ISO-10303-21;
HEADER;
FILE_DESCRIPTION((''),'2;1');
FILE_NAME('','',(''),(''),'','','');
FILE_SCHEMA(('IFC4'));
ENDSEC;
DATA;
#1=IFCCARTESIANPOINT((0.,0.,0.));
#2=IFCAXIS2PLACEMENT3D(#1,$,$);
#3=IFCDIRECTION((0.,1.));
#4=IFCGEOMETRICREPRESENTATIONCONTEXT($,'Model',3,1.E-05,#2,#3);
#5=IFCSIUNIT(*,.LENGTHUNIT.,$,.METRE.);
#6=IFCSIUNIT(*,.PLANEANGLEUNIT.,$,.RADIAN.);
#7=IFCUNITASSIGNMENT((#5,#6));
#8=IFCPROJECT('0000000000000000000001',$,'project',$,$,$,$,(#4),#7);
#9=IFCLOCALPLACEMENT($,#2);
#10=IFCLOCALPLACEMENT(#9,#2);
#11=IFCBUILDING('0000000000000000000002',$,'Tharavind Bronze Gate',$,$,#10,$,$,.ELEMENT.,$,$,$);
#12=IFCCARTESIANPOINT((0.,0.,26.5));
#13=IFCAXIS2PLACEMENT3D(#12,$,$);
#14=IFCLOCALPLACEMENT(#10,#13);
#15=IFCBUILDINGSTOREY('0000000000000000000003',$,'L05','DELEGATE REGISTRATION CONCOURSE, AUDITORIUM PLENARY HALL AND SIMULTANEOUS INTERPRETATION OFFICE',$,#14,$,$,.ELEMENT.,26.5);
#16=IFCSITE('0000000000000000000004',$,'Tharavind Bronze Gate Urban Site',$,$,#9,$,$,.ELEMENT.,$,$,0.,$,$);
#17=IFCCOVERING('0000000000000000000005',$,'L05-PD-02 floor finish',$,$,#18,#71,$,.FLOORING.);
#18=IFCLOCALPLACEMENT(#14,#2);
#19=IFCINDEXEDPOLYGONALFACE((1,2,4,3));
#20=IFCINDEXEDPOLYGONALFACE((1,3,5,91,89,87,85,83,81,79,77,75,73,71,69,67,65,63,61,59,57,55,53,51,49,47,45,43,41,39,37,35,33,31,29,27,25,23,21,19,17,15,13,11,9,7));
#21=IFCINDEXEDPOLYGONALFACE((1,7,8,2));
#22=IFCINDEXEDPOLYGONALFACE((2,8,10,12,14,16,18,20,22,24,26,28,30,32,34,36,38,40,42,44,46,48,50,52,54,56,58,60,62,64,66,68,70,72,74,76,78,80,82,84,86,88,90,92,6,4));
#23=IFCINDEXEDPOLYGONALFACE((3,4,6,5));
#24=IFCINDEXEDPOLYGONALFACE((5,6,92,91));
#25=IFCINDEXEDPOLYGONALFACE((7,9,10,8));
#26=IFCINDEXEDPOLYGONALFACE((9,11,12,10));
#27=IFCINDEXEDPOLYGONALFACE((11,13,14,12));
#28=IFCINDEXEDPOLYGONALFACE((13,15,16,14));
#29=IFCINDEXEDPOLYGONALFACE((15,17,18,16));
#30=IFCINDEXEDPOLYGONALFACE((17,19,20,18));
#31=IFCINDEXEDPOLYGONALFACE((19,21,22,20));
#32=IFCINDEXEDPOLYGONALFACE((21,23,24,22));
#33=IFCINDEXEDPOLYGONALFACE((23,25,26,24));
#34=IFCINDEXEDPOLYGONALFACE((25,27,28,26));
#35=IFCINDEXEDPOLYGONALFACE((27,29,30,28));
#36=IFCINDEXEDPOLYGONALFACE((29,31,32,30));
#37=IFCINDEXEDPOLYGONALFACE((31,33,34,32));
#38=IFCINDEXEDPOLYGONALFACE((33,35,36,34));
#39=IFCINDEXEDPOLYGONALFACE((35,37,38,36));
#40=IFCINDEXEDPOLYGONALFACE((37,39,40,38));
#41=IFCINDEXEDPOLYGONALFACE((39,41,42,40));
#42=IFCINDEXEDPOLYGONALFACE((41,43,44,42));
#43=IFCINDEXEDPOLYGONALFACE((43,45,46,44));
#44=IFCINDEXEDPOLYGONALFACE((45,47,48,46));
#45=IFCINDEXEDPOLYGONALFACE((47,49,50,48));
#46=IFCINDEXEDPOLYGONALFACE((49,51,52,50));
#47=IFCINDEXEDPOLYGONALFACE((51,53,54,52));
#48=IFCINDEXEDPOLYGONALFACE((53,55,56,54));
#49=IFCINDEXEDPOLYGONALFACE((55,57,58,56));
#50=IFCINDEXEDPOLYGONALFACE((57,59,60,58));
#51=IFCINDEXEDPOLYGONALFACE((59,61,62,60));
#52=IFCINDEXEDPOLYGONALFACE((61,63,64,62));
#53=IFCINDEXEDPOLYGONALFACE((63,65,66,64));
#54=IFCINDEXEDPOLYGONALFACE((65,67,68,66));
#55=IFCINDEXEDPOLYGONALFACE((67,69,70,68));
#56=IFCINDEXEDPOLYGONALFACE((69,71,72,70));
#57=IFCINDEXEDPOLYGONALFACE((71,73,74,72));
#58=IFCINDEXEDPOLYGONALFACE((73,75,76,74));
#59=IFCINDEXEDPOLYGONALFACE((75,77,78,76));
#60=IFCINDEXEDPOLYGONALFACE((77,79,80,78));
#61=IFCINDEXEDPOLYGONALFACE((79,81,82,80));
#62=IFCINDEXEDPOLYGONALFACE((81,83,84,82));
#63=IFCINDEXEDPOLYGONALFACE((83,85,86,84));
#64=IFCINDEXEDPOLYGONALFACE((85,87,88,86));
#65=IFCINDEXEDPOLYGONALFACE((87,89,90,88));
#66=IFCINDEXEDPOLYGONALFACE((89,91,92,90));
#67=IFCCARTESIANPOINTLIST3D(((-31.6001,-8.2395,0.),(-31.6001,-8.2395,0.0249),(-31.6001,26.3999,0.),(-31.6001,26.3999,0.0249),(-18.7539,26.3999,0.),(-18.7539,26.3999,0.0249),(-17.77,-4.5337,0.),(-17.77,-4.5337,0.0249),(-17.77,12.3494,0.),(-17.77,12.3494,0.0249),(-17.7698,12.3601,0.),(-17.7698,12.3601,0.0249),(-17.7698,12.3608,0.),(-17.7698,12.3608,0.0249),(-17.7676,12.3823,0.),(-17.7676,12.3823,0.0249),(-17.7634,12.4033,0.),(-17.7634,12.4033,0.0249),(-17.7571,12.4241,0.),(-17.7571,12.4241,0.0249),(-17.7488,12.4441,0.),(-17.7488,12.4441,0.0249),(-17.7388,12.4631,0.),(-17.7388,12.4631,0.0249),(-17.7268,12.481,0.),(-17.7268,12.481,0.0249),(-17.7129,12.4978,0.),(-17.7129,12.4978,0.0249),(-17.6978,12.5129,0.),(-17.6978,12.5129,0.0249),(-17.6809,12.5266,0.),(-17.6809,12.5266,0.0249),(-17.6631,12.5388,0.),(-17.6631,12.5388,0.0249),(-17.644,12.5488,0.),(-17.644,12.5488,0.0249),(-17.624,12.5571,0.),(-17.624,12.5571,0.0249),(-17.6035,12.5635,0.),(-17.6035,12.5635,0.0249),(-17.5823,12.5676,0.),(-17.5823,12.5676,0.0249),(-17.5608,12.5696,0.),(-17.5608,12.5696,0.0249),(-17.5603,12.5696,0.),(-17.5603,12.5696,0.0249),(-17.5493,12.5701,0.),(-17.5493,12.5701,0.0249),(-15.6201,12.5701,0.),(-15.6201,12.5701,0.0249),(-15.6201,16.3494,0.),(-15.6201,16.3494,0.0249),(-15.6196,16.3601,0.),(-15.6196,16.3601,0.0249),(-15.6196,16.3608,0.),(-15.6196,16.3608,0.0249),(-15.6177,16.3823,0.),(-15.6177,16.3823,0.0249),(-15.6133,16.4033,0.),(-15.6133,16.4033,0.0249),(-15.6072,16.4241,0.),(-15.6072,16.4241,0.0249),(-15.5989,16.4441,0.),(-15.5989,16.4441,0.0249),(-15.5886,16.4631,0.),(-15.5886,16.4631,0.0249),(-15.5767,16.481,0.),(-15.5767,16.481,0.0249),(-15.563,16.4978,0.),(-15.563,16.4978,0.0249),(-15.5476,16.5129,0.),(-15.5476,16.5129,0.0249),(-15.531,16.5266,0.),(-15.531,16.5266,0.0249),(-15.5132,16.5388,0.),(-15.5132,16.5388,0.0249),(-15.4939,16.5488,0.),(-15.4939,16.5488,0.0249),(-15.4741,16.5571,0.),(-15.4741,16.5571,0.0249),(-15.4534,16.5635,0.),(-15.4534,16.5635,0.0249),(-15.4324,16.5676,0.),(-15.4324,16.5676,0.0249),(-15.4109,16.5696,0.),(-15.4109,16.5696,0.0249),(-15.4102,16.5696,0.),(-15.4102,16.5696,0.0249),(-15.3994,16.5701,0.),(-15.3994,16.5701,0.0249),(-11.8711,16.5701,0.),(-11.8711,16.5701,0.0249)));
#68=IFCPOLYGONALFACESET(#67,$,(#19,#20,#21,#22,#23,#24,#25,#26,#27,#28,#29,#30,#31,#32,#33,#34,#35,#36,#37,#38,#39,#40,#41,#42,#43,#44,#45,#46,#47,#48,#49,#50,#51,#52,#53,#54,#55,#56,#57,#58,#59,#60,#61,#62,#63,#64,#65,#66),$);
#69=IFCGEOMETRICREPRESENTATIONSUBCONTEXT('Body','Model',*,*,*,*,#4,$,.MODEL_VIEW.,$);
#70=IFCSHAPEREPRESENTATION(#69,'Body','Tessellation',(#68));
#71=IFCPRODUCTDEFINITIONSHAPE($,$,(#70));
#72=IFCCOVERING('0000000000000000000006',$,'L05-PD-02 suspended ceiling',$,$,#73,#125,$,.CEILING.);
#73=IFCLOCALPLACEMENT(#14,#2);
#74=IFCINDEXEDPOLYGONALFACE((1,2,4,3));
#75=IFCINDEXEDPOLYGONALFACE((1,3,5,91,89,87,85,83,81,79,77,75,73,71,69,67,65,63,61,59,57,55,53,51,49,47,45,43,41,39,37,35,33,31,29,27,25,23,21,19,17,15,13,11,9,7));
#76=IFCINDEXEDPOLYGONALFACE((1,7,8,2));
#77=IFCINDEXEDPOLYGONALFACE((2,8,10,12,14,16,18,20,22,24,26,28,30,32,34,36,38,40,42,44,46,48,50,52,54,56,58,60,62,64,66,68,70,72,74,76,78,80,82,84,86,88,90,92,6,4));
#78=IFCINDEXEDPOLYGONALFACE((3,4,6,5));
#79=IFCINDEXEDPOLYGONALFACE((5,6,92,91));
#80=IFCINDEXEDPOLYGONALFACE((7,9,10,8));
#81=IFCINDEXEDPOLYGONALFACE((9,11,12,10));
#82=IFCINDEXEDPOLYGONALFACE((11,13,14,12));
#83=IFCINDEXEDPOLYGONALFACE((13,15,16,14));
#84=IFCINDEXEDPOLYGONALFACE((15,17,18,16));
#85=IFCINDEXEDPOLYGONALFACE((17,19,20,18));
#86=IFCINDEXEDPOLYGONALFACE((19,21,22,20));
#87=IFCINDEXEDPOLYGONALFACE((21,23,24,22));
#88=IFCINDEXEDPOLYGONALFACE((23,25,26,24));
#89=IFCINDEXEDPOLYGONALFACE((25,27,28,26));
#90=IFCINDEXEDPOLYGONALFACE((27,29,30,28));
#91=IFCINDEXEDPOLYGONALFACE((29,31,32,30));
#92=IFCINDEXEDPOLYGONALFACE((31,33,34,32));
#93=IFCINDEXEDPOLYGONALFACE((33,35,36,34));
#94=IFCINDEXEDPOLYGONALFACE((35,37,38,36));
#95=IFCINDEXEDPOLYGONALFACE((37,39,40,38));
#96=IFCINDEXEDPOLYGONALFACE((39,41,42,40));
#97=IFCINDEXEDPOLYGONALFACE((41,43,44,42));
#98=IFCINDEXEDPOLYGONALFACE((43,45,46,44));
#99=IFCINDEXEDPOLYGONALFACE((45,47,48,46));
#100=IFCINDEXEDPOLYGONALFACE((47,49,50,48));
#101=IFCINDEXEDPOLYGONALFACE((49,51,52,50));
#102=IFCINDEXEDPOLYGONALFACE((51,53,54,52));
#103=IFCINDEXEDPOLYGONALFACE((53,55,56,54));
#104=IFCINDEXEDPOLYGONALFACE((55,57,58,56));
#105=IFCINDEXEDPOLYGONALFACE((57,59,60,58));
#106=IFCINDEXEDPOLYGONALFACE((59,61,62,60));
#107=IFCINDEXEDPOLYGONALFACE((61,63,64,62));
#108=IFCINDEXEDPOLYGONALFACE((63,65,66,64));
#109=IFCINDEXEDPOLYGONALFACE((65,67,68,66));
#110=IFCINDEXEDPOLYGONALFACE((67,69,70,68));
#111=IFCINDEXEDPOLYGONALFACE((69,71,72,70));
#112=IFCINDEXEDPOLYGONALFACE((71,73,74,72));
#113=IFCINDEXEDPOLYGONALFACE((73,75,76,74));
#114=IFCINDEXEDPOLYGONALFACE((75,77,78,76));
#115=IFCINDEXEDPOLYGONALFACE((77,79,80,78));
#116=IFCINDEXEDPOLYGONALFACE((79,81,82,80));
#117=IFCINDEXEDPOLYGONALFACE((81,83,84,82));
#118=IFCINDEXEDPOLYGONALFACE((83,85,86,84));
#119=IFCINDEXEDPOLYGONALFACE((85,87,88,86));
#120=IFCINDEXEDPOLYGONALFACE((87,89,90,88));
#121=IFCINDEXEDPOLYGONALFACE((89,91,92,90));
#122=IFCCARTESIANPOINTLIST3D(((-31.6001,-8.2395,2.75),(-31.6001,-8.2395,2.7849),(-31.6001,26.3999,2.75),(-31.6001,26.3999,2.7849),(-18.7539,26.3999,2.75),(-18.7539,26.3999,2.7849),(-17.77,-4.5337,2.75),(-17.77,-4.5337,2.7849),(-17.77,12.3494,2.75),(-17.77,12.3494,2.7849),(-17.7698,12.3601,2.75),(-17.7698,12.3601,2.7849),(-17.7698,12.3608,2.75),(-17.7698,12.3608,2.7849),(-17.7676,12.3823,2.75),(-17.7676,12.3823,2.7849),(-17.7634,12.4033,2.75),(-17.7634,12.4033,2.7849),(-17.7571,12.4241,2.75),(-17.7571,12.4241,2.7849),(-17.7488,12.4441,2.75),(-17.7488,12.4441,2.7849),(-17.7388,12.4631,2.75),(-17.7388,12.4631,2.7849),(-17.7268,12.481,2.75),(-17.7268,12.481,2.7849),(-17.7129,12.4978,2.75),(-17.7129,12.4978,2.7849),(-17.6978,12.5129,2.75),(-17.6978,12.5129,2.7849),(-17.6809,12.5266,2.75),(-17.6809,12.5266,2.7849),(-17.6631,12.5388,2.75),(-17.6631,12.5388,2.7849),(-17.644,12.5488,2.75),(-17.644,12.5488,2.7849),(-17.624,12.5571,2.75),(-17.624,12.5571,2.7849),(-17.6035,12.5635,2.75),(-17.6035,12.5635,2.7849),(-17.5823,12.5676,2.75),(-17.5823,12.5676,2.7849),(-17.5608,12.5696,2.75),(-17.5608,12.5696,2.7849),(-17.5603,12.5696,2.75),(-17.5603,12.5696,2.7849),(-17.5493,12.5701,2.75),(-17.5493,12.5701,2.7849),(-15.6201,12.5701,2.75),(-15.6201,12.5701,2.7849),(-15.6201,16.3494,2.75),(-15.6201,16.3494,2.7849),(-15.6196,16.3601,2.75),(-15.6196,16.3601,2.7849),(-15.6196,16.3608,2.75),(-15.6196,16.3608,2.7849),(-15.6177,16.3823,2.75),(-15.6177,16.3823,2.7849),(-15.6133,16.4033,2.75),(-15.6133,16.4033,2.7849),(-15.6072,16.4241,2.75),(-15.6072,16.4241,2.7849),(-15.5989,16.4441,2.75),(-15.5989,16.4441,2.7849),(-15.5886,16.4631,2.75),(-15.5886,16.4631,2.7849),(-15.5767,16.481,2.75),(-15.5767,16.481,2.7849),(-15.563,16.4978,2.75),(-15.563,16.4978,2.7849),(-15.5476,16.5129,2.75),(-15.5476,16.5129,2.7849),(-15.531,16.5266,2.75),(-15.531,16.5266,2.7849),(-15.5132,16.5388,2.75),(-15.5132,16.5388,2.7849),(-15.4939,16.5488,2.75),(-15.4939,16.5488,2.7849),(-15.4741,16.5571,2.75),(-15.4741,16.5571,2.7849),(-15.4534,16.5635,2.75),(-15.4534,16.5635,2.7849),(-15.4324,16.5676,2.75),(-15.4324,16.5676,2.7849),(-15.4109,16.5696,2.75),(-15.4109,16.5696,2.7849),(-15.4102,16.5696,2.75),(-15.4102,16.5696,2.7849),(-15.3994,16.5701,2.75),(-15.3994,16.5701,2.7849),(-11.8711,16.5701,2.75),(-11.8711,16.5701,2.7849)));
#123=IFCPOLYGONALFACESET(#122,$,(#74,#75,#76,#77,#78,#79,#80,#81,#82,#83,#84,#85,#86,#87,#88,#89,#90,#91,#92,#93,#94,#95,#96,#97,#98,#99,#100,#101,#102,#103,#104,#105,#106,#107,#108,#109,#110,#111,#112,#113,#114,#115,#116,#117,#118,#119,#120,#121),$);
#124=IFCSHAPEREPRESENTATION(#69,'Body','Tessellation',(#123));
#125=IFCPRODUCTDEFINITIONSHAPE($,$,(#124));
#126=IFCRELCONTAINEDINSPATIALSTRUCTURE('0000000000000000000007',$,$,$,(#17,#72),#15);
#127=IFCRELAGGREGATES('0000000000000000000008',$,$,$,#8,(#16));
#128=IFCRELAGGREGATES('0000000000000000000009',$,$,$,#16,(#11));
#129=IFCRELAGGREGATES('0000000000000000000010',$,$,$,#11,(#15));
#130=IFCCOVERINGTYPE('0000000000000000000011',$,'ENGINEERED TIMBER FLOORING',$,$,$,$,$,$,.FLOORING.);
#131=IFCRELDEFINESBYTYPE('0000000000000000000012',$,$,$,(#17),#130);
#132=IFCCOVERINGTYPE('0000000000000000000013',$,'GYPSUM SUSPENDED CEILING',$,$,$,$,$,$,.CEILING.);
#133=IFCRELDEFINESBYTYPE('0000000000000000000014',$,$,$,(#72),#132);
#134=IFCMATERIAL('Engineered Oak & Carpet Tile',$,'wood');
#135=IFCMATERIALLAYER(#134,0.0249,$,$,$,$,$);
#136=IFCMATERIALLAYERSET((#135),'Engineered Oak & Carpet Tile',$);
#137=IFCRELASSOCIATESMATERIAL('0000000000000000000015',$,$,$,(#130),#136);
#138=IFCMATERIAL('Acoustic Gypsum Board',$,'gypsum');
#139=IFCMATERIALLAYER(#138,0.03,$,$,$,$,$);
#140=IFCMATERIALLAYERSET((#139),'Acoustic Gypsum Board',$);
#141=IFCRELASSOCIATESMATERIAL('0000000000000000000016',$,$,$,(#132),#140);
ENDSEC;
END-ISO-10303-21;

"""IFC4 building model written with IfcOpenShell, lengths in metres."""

from ifc_helpers import new_model, si_unit, direction, frame, origin, place, context, subcontext, project, spatial, polyline, outline, extrude, material, layer, layer_set, type_object, element, save


model = new_model("IFC4")

# Units and contexts
model_context = context("Model", 3, precision=1e-05, world=origin(), true_north=direction((0.0, 1.0)))
body_context = subcontext(model_context, "Body", "Model", "MODEL_VIEW")
ifc_project = project(units=[si_unit("LENGTHUNIT", "METRE"), si_unit("PLANEANGLEUNIT", "RADIAN")], contexts=[model_context])

# Site, building, storey
site_placement = place(None, origin())
site = spatial("IfcSite", under=ifc_project, at=site_placement, Name="Tharavind Bronze Gate Urban Site", CompositionType="ELEMENT", RefElevation=0.0)
building_placement = place(site_placement, origin())
building = spatial("IfcBuilding", under=site, at=building_placement, Name="Tharavind Bronze Gate", CompositionType="ELEMENT")
storey_placement = place(building_placement, frame((0.0, 0.0, 26.5)))
storey = spatial("IfcBuildingStorey", under=building, at=storey_placement, Name="L05", Description="DELEGATE REGISTRATION CONCOURSE, AUDITORIUM PLENARY HALL AND SIMULTANEOUS INTERPRETATION OFFICE", CompositionType="ELEMENT", Elevation=26.5)

# Coverings
ifc_material_1 = material(Name="Engineered Oak & Carpet Tile", Category="wood")
ifc_layer_1 = layer(ifc_material_1, 0.0249)
ifc_layer_set_1 = layer_set([ifc_layer_1], Name="Engineered Oak & Carpet Tile")
covering_type_1 = type_object("IfcCoveringType", Name="ENGINEERED TIMBER FLOORING", PredefinedType="FLOORING", material=ifc_layer_set_1)
covering_1_placement = place(storey_placement, origin())
element("IfcCovering", 1, at=covering_1_placement, inside=storey, type_object=covering_type_1, Name="L05-PD-02 floor finish", PredefinedType="FLOORING", context=body_context, shape_type="SweptSolid", body=[
    extrude(outline(polyline([(-17.77, -4.5337), (-17.77, 12.3494), (-17.7698, 12.3601), (-17.7698, 12.3608), (-17.7676, 12.3823), (-17.7634, 12.4033), (-17.7571, 12.4241), (-17.7488, 12.4441), (-17.7388, 12.4631), (-17.7268, 12.481), (-17.7129, 12.4978), (-17.6978, 12.5129), (-17.6809, 12.5266), (-17.6631, 12.5388), (-17.644, 12.5488), (-17.624, 12.5571), (-17.6035, 12.5635), (-17.5823, 12.5676), (-17.5608, 12.5696), (-17.5603, 12.5696), (-17.5493, 12.5701), (-15.6201, 12.5701), (-15.6201, 16.3494), (-15.6196, 16.3601), (-15.6196, 16.3608), (-15.6177, 16.3823), (-15.6133, 16.4033), (-15.6072, 16.4241), (-15.5989, 16.4441), (-15.5886, 16.4631), (-15.5767, 16.481), (-15.563, 16.4978), (-15.5476, 16.5129), (-15.531, 16.5266), (-15.5132, 16.5388), (-15.4939, 16.5488), (-15.4741, 16.5571), (-15.4534, 16.5635), (-15.4324, 16.5676), (-15.4109, 16.5696), (-15.4102, 16.5696), (-15.3994, 16.5701), (-11.8711, 16.5701), (-18.7539, 26.3999), (-31.6001, 26.3999), (-31.6001, -8.2395), (-17.77, -4.5337)])), origin(), (0.0, 0.0, 1.0), 0.0249),
])
ifc_material_2 = material(Name="Acoustic Gypsum Board", Category="gypsum")
ifc_layer_2 = layer(ifc_material_2, 0.03)
ifc_layer_set_2 = layer_set([ifc_layer_2], Name="Acoustic Gypsum Board")
covering_type_2 = type_object("IfcCoveringType", Name="GYPSUM SUSPENDED CEILING", PredefinedType="CEILING", material=ifc_layer_set_2)
covering_2_placement = place(storey_placement, frame((0.0, 0.0, 2.75)))
element("IfcCovering", 2, at=covering_2_placement, inside=storey, type_object=covering_type_2, Name="L05-PD-02 suspended ceiling", PredefinedType="CEILING", context=body_context, shape_type="SweptSolid", body=[
    extrude(outline(polyline([(-17.77, -4.5337), (-17.77, 12.3494), (-17.7698, 12.3601), (-17.7698, 12.3608), (-17.7676, 12.3823), (-17.7634, 12.4033), (-17.7571, 12.4241), (-17.7488, 12.4441), (-17.7388, 12.4631), (-17.7268, 12.481), (-17.7129, 12.4978), (-17.6978, 12.5129), (-17.6809, 12.5266), (-17.6631, 12.5388), (-17.644, 12.5488), (-17.624, 12.5571), (-17.6035, 12.5635), (-17.5823, 12.5676), (-17.5608, 12.5696), (-17.5603, 12.5696), (-17.5493, 12.5701), (-15.6201, 12.5701), (-15.6201, 16.3494), (-15.6196, 16.3601), (-15.6196, 16.3608), (-15.6177, 16.3823), (-15.6133, 16.4033), (-15.6072, 16.4241), (-15.5989, 16.4441), (-15.5886, 16.4631), (-15.5767, 16.481), (-15.563, 16.4978), (-15.5476, 16.5129), (-15.531, 16.5266), (-15.5132, 16.5388), (-15.4939, 16.5488), (-15.4741, 16.5571), (-15.4534, 16.5635), (-15.4324, 16.5676), (-15.4109, 16.5696), (-15.4102, 16.5696), (-15.3994, 16.5701), (-11.8711, 16.5701), (-18.7539, 26.3999), (-31.6001, 26.3999), (-31.6001, -8.2395), (-17.77, -4.5337)])), origin(), (0.0, 0.0, 1.0), 0.0349),
])

save(model, "model.ifc")
